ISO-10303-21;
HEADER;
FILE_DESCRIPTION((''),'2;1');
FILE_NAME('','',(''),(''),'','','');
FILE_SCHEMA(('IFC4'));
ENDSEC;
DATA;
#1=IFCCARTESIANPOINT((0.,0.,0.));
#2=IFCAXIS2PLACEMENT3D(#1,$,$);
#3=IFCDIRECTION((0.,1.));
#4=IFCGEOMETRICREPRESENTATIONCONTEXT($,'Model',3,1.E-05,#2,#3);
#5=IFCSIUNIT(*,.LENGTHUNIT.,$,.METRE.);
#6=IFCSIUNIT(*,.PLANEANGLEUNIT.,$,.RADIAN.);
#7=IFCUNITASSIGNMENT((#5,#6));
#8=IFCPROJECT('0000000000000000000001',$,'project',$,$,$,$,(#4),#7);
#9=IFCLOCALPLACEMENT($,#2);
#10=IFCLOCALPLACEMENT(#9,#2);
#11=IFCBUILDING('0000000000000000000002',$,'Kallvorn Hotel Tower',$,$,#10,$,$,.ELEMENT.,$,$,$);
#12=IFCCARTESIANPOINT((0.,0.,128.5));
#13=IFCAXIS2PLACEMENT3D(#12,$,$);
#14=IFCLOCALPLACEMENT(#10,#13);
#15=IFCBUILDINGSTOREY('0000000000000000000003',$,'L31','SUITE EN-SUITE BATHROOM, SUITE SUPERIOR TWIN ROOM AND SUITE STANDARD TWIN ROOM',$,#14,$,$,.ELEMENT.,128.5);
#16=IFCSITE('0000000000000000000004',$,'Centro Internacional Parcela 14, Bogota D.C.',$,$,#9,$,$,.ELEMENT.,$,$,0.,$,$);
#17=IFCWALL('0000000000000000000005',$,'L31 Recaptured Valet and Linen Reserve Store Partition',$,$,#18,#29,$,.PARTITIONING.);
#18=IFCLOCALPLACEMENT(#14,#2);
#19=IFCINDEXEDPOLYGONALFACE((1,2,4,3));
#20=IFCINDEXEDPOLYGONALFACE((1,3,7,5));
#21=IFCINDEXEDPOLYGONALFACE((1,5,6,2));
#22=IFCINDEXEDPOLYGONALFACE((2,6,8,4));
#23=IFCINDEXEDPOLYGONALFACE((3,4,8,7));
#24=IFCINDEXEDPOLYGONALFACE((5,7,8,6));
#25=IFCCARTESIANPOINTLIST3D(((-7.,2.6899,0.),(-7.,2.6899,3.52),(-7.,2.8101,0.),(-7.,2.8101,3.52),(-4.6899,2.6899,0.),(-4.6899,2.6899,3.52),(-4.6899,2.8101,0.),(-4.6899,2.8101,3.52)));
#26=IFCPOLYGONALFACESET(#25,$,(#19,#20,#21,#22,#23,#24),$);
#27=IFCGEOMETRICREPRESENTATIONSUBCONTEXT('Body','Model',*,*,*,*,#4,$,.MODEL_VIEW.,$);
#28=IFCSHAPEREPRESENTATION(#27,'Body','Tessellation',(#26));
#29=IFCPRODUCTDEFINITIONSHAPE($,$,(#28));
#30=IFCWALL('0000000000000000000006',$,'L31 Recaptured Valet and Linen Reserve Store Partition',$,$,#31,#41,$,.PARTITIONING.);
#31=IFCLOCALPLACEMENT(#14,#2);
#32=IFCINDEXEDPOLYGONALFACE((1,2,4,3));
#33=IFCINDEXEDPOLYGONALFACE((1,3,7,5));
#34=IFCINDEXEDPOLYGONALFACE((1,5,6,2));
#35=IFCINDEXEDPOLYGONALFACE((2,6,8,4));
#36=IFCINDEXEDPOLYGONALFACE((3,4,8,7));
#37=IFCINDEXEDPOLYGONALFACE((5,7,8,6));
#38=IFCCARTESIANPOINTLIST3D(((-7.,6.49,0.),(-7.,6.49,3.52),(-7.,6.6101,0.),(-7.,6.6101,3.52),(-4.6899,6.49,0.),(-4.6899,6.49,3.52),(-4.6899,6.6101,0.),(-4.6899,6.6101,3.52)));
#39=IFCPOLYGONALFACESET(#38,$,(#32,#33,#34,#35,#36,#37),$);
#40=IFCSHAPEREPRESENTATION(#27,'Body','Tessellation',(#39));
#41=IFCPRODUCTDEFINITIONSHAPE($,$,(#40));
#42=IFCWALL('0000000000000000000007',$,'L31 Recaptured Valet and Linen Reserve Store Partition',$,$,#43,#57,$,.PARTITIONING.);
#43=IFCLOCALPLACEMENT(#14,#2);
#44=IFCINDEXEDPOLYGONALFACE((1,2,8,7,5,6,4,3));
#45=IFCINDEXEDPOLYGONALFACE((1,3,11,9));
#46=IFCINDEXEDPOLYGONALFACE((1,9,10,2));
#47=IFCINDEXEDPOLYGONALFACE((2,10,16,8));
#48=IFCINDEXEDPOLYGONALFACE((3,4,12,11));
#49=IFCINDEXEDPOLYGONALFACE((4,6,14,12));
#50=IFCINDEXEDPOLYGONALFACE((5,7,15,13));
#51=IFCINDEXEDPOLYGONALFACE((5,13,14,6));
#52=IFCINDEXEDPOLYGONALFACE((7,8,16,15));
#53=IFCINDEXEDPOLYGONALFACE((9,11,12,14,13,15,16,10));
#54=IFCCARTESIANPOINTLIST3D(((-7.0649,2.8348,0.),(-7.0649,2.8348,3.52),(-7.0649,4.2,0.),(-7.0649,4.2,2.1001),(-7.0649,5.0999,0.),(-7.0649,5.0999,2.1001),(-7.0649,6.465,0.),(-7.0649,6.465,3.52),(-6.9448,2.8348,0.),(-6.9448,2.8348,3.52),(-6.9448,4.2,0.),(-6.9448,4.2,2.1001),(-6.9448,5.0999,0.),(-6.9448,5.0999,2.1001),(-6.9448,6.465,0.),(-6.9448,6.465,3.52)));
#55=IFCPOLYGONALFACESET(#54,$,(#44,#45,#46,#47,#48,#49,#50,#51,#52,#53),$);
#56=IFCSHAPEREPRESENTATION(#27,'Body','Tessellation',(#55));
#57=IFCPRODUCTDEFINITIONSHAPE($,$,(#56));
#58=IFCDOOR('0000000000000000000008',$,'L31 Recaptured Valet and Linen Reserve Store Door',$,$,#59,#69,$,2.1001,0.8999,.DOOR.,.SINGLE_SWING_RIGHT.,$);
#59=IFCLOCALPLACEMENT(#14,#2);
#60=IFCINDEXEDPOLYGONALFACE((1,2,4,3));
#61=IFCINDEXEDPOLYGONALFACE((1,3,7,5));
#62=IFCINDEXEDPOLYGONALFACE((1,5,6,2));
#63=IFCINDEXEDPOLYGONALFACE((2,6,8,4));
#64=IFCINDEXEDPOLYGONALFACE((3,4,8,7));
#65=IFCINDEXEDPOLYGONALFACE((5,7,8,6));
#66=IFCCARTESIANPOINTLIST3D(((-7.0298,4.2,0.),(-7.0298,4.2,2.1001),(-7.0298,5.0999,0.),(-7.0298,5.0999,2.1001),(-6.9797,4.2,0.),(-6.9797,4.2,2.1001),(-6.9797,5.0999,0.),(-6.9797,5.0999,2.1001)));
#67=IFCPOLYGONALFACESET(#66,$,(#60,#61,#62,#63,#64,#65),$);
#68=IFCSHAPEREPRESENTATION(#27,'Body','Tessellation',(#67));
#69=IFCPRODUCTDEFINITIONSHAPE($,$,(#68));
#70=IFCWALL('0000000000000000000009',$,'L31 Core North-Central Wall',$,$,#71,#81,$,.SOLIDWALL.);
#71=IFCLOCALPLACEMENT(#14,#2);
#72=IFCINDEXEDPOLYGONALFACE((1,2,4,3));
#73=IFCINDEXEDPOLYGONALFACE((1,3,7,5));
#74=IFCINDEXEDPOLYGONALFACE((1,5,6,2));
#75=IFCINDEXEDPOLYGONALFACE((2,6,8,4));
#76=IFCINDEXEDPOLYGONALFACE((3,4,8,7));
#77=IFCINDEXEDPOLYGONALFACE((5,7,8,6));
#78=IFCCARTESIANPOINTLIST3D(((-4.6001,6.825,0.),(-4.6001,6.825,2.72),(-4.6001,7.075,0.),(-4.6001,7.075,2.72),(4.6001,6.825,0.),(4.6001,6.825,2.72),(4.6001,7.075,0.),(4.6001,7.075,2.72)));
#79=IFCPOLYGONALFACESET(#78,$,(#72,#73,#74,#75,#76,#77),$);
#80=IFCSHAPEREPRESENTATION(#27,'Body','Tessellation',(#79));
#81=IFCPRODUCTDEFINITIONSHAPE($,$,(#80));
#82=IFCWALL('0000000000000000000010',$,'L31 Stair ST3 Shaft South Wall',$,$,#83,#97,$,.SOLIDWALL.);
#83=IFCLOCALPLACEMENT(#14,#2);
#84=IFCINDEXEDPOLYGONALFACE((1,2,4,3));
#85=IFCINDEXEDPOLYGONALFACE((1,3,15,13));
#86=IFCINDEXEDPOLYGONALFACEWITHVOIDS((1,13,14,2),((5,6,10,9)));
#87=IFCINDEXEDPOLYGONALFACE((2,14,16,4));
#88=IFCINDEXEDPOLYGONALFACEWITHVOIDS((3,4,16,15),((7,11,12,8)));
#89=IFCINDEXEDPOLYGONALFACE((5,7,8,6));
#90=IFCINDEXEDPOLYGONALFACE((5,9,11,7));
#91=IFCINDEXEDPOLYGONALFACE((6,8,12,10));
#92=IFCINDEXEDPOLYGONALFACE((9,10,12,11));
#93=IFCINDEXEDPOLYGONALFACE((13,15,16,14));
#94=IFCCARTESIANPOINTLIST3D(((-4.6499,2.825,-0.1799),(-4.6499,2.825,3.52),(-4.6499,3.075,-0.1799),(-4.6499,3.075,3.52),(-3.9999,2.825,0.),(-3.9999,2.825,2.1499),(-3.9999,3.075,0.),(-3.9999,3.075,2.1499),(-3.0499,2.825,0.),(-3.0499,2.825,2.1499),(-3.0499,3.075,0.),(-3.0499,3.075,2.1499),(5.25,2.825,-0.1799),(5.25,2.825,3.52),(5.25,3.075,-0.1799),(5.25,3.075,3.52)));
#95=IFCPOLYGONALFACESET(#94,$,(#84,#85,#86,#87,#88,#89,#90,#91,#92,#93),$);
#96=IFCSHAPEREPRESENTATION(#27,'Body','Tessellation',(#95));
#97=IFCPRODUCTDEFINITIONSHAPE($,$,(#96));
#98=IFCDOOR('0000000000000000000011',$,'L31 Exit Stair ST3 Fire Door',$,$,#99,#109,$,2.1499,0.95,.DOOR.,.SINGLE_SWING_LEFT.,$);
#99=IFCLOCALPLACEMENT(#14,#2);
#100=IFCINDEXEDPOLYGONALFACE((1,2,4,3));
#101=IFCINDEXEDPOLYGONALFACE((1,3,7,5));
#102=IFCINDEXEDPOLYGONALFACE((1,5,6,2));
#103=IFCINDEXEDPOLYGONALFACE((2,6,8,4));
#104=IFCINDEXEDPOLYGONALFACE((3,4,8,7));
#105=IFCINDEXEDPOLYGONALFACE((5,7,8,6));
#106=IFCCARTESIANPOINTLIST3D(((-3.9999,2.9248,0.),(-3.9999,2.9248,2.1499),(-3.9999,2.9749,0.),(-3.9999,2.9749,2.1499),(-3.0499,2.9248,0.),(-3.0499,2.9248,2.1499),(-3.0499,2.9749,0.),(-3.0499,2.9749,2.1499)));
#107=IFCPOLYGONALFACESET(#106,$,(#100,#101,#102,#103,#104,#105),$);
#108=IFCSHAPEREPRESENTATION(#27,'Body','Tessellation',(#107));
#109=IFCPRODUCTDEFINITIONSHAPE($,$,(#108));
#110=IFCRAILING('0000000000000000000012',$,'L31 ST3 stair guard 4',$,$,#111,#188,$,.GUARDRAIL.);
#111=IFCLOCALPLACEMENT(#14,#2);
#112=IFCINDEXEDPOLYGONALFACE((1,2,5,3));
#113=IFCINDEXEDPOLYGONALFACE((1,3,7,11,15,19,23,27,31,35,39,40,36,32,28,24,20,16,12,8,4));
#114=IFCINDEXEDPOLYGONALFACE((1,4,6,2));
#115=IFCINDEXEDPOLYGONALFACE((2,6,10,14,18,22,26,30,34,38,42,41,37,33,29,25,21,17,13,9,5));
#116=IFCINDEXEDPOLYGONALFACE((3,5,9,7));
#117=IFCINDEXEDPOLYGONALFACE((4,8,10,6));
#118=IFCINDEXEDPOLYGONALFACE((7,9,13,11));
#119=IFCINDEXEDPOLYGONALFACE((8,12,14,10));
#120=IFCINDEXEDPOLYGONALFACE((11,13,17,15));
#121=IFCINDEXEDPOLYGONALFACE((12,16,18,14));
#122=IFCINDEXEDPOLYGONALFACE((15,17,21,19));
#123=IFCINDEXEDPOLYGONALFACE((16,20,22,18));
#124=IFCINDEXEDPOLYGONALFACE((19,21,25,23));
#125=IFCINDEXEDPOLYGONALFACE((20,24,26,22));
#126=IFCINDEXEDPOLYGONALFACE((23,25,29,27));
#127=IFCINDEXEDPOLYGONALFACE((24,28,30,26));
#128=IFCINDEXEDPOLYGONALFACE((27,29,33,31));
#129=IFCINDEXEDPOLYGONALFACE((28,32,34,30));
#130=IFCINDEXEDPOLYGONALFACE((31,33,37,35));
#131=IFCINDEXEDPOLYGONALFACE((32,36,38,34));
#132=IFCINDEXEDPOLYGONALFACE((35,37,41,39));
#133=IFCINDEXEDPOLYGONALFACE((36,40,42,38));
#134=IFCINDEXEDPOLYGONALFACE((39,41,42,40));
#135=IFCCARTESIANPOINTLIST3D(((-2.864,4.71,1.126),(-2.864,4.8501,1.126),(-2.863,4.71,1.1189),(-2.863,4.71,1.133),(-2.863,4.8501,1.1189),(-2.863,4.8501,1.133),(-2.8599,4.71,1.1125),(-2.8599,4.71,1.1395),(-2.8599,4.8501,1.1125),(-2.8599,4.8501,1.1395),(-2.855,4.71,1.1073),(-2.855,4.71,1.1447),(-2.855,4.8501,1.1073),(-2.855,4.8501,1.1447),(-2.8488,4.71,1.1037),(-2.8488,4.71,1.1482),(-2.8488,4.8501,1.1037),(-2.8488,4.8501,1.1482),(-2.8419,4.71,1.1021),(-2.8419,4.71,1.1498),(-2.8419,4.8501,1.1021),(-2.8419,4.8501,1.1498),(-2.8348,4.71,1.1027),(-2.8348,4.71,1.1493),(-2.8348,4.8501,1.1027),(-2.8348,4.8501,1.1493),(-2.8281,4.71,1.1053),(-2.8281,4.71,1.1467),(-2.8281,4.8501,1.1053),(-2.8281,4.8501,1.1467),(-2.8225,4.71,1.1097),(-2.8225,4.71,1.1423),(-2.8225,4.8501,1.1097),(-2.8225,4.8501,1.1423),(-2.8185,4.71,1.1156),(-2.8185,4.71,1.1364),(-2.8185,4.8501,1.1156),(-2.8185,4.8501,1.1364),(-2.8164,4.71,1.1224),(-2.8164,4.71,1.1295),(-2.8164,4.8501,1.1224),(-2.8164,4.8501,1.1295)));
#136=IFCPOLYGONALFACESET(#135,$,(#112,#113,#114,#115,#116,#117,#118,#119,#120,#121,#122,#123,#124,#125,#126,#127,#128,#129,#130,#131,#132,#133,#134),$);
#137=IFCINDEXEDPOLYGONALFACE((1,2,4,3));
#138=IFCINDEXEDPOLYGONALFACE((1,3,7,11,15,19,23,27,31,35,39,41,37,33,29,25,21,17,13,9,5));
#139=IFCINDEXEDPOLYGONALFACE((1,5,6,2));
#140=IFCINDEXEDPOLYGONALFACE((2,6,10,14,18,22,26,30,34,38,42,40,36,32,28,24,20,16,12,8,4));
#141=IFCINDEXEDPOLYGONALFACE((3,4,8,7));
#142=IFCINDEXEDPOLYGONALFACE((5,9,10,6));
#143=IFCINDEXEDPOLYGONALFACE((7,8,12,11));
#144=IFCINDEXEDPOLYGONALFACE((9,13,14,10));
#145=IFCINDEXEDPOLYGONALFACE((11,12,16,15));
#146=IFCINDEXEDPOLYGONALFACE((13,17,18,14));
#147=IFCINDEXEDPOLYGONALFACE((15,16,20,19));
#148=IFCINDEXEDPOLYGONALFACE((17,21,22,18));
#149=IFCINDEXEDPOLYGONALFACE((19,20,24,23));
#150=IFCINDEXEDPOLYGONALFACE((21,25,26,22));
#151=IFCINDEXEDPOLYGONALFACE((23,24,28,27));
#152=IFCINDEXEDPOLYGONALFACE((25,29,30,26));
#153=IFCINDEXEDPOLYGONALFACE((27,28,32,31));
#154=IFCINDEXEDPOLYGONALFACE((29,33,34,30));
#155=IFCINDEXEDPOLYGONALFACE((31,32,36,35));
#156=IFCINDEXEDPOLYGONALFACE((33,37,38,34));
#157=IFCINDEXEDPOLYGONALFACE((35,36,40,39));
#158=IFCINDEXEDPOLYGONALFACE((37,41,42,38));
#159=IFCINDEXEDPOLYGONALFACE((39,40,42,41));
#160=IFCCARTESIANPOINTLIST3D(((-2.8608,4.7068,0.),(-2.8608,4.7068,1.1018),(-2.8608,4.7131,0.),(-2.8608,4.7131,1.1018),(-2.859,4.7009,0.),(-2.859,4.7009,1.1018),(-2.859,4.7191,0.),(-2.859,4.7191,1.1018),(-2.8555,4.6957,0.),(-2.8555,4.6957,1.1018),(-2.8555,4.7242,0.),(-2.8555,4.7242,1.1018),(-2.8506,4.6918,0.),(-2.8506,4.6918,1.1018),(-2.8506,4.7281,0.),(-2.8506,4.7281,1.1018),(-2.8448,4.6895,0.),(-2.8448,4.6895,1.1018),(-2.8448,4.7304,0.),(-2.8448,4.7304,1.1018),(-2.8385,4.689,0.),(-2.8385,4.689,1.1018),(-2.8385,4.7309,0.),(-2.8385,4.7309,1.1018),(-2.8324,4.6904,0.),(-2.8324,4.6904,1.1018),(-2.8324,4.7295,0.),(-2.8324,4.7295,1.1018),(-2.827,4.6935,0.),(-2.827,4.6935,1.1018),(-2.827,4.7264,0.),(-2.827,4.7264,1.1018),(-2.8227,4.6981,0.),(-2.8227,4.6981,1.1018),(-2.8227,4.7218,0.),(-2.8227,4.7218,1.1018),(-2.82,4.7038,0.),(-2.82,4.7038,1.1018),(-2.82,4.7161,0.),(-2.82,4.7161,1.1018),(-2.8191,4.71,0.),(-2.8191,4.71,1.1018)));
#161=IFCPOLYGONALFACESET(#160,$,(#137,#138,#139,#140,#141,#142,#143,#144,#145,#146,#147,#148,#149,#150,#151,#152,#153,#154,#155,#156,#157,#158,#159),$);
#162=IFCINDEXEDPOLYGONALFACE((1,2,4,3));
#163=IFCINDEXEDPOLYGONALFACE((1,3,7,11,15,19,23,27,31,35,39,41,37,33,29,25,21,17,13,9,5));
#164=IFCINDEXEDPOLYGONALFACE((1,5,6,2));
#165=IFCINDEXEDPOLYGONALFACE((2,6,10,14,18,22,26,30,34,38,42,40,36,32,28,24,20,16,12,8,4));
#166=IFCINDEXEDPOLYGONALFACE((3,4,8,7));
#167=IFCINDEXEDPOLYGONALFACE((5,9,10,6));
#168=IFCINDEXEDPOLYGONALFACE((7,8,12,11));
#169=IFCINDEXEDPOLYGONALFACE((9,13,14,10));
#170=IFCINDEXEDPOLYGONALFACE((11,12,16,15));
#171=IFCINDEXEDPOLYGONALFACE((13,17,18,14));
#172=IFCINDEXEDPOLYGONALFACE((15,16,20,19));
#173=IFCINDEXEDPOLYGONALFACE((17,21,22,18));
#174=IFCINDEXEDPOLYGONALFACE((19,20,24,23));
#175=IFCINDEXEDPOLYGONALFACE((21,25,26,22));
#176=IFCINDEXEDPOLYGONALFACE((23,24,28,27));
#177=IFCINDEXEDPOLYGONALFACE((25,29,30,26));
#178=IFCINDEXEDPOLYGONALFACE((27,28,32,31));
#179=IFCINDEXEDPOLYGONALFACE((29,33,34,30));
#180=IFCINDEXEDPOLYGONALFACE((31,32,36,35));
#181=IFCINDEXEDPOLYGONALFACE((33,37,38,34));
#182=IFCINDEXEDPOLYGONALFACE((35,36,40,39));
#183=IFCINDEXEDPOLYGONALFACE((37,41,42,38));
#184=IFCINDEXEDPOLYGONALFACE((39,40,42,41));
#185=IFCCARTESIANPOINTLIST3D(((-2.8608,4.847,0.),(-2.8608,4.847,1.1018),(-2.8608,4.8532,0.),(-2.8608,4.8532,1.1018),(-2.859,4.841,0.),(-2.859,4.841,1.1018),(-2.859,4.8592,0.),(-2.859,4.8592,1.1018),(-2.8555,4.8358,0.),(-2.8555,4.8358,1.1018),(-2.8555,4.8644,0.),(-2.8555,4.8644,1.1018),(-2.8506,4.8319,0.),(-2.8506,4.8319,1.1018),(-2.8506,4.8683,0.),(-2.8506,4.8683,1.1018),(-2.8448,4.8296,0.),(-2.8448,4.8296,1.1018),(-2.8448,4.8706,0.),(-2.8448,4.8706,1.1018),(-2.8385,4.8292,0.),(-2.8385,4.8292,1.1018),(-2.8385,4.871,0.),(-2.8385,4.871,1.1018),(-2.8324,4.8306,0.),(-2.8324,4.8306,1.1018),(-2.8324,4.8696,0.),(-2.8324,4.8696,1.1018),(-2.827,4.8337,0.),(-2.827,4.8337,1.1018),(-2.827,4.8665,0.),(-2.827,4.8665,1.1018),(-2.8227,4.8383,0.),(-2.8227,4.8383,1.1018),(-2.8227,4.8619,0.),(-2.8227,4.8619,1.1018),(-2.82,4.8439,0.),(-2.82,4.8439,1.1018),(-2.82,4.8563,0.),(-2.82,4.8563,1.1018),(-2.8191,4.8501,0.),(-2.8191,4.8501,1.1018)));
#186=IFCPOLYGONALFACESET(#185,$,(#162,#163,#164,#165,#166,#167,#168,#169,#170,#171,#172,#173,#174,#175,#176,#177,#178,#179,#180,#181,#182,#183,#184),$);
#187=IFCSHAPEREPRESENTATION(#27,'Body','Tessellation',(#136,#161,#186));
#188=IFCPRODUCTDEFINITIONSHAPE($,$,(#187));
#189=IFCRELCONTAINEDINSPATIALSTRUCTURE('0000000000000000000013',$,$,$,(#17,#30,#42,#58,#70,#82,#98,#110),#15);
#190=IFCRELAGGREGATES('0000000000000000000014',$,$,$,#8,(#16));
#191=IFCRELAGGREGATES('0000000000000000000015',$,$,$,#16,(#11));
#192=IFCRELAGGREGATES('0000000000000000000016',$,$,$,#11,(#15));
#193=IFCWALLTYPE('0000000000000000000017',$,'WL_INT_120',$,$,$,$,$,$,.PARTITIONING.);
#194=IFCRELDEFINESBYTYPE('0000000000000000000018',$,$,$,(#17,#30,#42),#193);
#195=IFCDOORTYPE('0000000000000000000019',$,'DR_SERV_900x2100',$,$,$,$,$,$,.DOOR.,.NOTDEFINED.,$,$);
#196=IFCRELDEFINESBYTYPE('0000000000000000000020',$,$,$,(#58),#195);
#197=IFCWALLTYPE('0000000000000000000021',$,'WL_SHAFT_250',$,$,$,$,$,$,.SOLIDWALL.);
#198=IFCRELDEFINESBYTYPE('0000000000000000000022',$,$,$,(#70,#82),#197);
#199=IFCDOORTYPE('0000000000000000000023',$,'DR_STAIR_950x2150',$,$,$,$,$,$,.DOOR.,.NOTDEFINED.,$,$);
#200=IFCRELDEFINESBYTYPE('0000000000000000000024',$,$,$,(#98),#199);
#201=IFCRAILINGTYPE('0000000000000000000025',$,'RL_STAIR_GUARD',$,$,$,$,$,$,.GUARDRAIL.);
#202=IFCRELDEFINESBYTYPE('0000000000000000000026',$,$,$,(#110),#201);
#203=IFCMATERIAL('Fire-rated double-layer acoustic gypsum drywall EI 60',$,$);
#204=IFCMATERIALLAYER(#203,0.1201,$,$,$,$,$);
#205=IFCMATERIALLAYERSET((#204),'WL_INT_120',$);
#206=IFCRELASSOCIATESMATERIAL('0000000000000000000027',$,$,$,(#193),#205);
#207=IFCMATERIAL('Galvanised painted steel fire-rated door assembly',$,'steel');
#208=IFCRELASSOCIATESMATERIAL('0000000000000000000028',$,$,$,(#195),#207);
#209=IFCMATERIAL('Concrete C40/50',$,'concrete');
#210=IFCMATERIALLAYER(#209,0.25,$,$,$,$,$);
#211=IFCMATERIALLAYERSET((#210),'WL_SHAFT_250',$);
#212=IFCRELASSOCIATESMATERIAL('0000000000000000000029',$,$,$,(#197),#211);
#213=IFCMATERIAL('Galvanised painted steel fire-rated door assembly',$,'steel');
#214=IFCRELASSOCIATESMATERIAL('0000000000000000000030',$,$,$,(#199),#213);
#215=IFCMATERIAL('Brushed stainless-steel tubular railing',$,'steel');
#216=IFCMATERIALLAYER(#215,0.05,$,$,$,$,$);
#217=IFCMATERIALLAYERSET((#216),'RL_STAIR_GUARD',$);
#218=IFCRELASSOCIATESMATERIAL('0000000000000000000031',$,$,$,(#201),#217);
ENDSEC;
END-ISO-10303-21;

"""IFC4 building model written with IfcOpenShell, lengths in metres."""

from ifc_helpers import new_model, si_unit, direction, frame, frame_2d, origin, origin_2d, place, context, subcontext, project, spatial, rectangle, circle, extrude, material, layer, layer_set, type_object, element, fill, save


model = new_model("IFC4")

# Units and contexts
model_context = context("Model", 3, precision=1e-05, world=origin(), true_north=direction((0.0, 1.0)))
body_context = subcontext(model_context, "Body", "Model", "MODEL_VIEW")
ifc_project = project(units=[si_unit("LENGTHUNIT", "METRE"), si_unit("PLANEANGLEUNIT", "RADIAN")], contexts=[model_context])

# Site, building, storey
site_placement = place(None, origin())
site = spatial("IfcSite", under=ifc_project, at=site_placement, Name="Centro Internacional Parcela 14, Bogota D.C.", CompositionType="ELEMENT", RefElevation=0.0)
building_placement = place(site_placement, origin())
building = spatial("IfcBuilding", under=site, at=building_placement, Name="Kallvorn Hotel Tower", CompositionType="ELEMENT")
storey_placement = place(building_placement, frame((0.0, 0.0, 128.5)))
storey = spatial("IfcBuildingStorey", under=building, at=storey_placement, Name="L31", Description="SUITE EN-SUITE BATHROOM, SUITE SUPERIOR TWIN ROOM AND SUITE STANDARD TWIN ROOM", CompositionType="ELEMENT", Elevation=128.5)

# Walls
ifc_material_1 = material(Name="Fire-rated double-layer acoustic gypsum drywall EI 60")
ifc_layer_1 = layer(ifc_material_1, 0.1201)
ifc_layer_set_1 = layer_set([ifc_layer_1], Name="WL_INT_120")
wall_type_1 = type_object("IfcWallType", Name="WL_INT_120", PredefinedType="PARTITIONING", material=ifc_layer_set_1)
for number, where, z_axis, x_axis, name in (
    (1, (-7.0, 2.75, 0.0), (0.0, 0.0, 1.0), (1.0, 0.0, 0.0), "L31 Recaptured Valet and Linen Reserve Store Partition"),
    (2, (-7.0, 6.55, 0.0), (0.0, 0.0, 1.0), (1.0, 0.0, 0.0), "L31 Recaptured Valet and Linen Reserve Store Partition"),
):
    element("IfcWall", number, at=place(storey_placement, frame(where, z_axis=z_axis, x_axis=x_axis)), inside=storey, type_object=wall_type_1, Name=name, PredefinedType="PARTITIONING", context=body_context, shape_type="SweptSolid", body=[
        extrude(rectangle(XDim=2.3101, YDim=0.1201, at=frame_2d((1.155, 0.0))), origin(), (0.0, 0.0, 1.0), 3.52),
    ])

# Wall, opening, door
wall_1_placement = place(storey_placement, frame((-7.0049, 2.835, 0.0), z_axis=(0.0, 0.0, 1.0), x_axis=(0.0, 1.0, 0.0)))
wall_1 = element("IfcWall", 3, at=wall_1_placement, inside=storey, type_object=wall_type_1, Name="L31 Recaptured Valet and Linen Reserve Store Partition", PredefinedType="PARTITIONING", context=body_context, shape_type="SweptSolid", body=[
    extrude(rectangle(XDim=3.6301, YDim=0.1201, at=frame_2d((1.8149, 0.0))), origin(), (0.0, 0.0, 1.0), 3.52),
])
opening_1_placement = place(wall_1_placement, frame((1.365, 0.0, 0.0)))
opening_1 = element("IfcOpeningElement", 4, at=opening_1_placement, cuts=wall_1, PredefinedType="OPENING", context=body_context, shape_type="SweptSolid", body=[
    extrude(rectangle(XDim=0.8999, YDim=2.1001, at=frame_2d((0.45, 1.05))), frame((0.0, 0.075, 0.0), z_axis=(0.0, -1.0, 0.0), x_axis=(1.0, 0.0, 0.0)), (0.0, 0.0, 1.0), 0.1501),
])
ifc_material_2 = material(Name="Galvanised painted steel fire-rated door assembly", Category="steel")
door_type_1 = type_object("IfcDoorType", Name="DR_SERV_900x2100", OperationType="NOTDEFINED", PredefinedType="DOOR", material=ifc_material_2)
door_1_placement = place(opening_1_placement, origin())
door_1 = element("IfcDoor", 5, at=door_1_placement, inside=storey, type_object=door_type_1, Name="L31 Recaptured Valet and Linen Reserve Store Door", OperationType="SINGLE_SWING_RIGHT", OverallHeight=2.1001, OverallWidth=0.8999, PredefinedType="DOOR", context=body_context, shape_type="SweptSolid", body=[
    extrude(rectangle(XDim=0.8999, YDim=2.1001, at=frame_2d((0.45, 1.05))), frame((0.0, 0.0249, 0.0), z_axis=(0.0, -1.0, 0.0), x_axis=(1.0, 0.0, 0.0)), (0.0, 0.0, 1.0), 0.05),
])
fill(opening_1, door_1)

# Wall
ifc_material_3 = material(Name="Concrete C40/50", Category="concrete")
ifc_layer_2 = layer(ifc_material_3, 0.25)
ifc_layer_set_2 = layer_set([ifc_layer_2], Name="WL_SHAFT_250")
wall_type_2 = type_object("IfcWallType", Name="WL_SHAFT_250", PredefinedType="SOLIDWALL", material=ifc_layer_set_2)
wall_2_placement = place(storey_placement, frame((-4.6001, 6.95, 0.0), z_axis=(0.0, 0.0, 1.0), x_axis=(1.0, 0.0, 0.0)))
element("IfcWall", 6, at=wall_2_placement, inside=storey, type_object=wall_type_2, Name="L31 Core North-Central Wall", PredefinedType="SOLIDWALL", context=body_context, shape_type="SweptSolid", body=[
    extrude(rectangle(XDim=9.2002, YDim=0.25, at=frame_2d((4.6001, 0.0))), origin(), (0.0, 0.0, 1.0), 2.72),
])

# Wall, opening, door
wall_3_placement = place(storey_placement, frame((-4.6499, 2.95, -0.1799), z_axis=(0.0, 0.0, 1.0), x_axis=(1.0, 0.0, 0.0)))
wall_3 = element("IfcWall", 7, at=wall_3_placement, inside=storey, type_object=wall_type_2, Name="L31 Stair ST3 Shaft South Wall", PredefinedType="SOLIDWALL", context=body_context, shape_type="SweptSolid", body=[
    extrude(rectangle(XDim=9.8999, YDim=0.25, at=frame_2d((4.95, 0.0))), origin(), (0.0, 0.0, 1.0), 3.7),
])
opening_2_placement = place(wall_3_placement, frame((0.6499, 0.0, 0.1799)))
opening_2 = element("IfcOpeningElement", 8, at=opening_2_placement, cuts=wall_3, PredefinedType="OPENING", context=body_context, shape_type="SweptSolid", body=[
    extrude(rectangle(XDim=0.95, YDim=2.1499, at=frame_2d((0.4751, 1.075))), frame((0.0, 0.1399, 0.0), z_axis=(0.0, -1.0, 0.0), x_axis=(1.0, 0.0, 0.0)), (0.0, 0.0, 1.0), 0.28),
])
ifc_material_4 = material(Name="Galvanised painted steel fire-rated door assembly", Category="steel")
door_type_2 = type_object("IfcDoorType", Name="DR_STAIR_950x2150", OperationType="NOTDEFINED", PredefinedType="DOOR", material=ifc_material_4)
door_2_placement = place(opening_2_placement, origin())
door_2 = element("IfcDoor", 9, at=door_2_placement, inside=storey, type_object=door_type_2, Name="L31 Exit Stair ST3 Fire Door", OperationType="SINGLE_SWING_LEFT", OverallHeight=2.1499, OverallWidth=0.95, PredefinedType="DOOR", context=body_context, shape_type="SweptSolid", body=[
    extrude(rectangle(XDim=0.95, YDim=2.1499, at=frame_2d((0.4751, 1.075))), frame((0.0, 0.0249, 0.0), z_axis=(0.0, -1.0, 0.0), x_axis=(1.0, 0.0, 0.0)), (0.0, 0.0, 1.0), 0.05),
])
fill(opening_2, door_2)

# Railing
ifc_material_5 = material(Name="Brushed stainless-steel tubular railing", Category="steel")
ifc_layer_3 = layer(ifc_material_5, 0.05)
ifc_layer_set_3 = layer_set([ifc_layer_3], Name="RL_STAIR_GUARD")
railing_type = type_object("IfcRailingType", Name="RL_STAIR_GUARD", PredefinedType="GUARDRAIL", material=ifc_layer_set_3)
railing_placement = place(storey_placement, frame((-2.8401, 4.71, 0.0)))
element("IfcRailing", 10, at=railing_placement, inside=storey, type_object=railing_type, Name="L31 ST3 stair guard 4", PredefinedType="GUARDRAIL", context=body_context, shape_type="SweptSolid", body=[
    extrude(circle(Radius=0.0239, at=origin_2d()), frame((0.0, 0.0, 1.126), z_axis=(0.0, 1.0, 0.0), x_axis=(-1.0, 0.0, 0.0)), (0.0, 0.0, 1.0), 0.1401),
    extrude(circle(Radius=0.021, at=origin_2d()), origin(), (0.0, 0.0, 1.0), 1.1018),
    extrude(circle(Radius=0.021, at=origin_2d()), frame((0.0, 0.1401, 0.0)), (0.0, 0.0, 1.0), 1.1018),
])

save(model, "model.ifc")
